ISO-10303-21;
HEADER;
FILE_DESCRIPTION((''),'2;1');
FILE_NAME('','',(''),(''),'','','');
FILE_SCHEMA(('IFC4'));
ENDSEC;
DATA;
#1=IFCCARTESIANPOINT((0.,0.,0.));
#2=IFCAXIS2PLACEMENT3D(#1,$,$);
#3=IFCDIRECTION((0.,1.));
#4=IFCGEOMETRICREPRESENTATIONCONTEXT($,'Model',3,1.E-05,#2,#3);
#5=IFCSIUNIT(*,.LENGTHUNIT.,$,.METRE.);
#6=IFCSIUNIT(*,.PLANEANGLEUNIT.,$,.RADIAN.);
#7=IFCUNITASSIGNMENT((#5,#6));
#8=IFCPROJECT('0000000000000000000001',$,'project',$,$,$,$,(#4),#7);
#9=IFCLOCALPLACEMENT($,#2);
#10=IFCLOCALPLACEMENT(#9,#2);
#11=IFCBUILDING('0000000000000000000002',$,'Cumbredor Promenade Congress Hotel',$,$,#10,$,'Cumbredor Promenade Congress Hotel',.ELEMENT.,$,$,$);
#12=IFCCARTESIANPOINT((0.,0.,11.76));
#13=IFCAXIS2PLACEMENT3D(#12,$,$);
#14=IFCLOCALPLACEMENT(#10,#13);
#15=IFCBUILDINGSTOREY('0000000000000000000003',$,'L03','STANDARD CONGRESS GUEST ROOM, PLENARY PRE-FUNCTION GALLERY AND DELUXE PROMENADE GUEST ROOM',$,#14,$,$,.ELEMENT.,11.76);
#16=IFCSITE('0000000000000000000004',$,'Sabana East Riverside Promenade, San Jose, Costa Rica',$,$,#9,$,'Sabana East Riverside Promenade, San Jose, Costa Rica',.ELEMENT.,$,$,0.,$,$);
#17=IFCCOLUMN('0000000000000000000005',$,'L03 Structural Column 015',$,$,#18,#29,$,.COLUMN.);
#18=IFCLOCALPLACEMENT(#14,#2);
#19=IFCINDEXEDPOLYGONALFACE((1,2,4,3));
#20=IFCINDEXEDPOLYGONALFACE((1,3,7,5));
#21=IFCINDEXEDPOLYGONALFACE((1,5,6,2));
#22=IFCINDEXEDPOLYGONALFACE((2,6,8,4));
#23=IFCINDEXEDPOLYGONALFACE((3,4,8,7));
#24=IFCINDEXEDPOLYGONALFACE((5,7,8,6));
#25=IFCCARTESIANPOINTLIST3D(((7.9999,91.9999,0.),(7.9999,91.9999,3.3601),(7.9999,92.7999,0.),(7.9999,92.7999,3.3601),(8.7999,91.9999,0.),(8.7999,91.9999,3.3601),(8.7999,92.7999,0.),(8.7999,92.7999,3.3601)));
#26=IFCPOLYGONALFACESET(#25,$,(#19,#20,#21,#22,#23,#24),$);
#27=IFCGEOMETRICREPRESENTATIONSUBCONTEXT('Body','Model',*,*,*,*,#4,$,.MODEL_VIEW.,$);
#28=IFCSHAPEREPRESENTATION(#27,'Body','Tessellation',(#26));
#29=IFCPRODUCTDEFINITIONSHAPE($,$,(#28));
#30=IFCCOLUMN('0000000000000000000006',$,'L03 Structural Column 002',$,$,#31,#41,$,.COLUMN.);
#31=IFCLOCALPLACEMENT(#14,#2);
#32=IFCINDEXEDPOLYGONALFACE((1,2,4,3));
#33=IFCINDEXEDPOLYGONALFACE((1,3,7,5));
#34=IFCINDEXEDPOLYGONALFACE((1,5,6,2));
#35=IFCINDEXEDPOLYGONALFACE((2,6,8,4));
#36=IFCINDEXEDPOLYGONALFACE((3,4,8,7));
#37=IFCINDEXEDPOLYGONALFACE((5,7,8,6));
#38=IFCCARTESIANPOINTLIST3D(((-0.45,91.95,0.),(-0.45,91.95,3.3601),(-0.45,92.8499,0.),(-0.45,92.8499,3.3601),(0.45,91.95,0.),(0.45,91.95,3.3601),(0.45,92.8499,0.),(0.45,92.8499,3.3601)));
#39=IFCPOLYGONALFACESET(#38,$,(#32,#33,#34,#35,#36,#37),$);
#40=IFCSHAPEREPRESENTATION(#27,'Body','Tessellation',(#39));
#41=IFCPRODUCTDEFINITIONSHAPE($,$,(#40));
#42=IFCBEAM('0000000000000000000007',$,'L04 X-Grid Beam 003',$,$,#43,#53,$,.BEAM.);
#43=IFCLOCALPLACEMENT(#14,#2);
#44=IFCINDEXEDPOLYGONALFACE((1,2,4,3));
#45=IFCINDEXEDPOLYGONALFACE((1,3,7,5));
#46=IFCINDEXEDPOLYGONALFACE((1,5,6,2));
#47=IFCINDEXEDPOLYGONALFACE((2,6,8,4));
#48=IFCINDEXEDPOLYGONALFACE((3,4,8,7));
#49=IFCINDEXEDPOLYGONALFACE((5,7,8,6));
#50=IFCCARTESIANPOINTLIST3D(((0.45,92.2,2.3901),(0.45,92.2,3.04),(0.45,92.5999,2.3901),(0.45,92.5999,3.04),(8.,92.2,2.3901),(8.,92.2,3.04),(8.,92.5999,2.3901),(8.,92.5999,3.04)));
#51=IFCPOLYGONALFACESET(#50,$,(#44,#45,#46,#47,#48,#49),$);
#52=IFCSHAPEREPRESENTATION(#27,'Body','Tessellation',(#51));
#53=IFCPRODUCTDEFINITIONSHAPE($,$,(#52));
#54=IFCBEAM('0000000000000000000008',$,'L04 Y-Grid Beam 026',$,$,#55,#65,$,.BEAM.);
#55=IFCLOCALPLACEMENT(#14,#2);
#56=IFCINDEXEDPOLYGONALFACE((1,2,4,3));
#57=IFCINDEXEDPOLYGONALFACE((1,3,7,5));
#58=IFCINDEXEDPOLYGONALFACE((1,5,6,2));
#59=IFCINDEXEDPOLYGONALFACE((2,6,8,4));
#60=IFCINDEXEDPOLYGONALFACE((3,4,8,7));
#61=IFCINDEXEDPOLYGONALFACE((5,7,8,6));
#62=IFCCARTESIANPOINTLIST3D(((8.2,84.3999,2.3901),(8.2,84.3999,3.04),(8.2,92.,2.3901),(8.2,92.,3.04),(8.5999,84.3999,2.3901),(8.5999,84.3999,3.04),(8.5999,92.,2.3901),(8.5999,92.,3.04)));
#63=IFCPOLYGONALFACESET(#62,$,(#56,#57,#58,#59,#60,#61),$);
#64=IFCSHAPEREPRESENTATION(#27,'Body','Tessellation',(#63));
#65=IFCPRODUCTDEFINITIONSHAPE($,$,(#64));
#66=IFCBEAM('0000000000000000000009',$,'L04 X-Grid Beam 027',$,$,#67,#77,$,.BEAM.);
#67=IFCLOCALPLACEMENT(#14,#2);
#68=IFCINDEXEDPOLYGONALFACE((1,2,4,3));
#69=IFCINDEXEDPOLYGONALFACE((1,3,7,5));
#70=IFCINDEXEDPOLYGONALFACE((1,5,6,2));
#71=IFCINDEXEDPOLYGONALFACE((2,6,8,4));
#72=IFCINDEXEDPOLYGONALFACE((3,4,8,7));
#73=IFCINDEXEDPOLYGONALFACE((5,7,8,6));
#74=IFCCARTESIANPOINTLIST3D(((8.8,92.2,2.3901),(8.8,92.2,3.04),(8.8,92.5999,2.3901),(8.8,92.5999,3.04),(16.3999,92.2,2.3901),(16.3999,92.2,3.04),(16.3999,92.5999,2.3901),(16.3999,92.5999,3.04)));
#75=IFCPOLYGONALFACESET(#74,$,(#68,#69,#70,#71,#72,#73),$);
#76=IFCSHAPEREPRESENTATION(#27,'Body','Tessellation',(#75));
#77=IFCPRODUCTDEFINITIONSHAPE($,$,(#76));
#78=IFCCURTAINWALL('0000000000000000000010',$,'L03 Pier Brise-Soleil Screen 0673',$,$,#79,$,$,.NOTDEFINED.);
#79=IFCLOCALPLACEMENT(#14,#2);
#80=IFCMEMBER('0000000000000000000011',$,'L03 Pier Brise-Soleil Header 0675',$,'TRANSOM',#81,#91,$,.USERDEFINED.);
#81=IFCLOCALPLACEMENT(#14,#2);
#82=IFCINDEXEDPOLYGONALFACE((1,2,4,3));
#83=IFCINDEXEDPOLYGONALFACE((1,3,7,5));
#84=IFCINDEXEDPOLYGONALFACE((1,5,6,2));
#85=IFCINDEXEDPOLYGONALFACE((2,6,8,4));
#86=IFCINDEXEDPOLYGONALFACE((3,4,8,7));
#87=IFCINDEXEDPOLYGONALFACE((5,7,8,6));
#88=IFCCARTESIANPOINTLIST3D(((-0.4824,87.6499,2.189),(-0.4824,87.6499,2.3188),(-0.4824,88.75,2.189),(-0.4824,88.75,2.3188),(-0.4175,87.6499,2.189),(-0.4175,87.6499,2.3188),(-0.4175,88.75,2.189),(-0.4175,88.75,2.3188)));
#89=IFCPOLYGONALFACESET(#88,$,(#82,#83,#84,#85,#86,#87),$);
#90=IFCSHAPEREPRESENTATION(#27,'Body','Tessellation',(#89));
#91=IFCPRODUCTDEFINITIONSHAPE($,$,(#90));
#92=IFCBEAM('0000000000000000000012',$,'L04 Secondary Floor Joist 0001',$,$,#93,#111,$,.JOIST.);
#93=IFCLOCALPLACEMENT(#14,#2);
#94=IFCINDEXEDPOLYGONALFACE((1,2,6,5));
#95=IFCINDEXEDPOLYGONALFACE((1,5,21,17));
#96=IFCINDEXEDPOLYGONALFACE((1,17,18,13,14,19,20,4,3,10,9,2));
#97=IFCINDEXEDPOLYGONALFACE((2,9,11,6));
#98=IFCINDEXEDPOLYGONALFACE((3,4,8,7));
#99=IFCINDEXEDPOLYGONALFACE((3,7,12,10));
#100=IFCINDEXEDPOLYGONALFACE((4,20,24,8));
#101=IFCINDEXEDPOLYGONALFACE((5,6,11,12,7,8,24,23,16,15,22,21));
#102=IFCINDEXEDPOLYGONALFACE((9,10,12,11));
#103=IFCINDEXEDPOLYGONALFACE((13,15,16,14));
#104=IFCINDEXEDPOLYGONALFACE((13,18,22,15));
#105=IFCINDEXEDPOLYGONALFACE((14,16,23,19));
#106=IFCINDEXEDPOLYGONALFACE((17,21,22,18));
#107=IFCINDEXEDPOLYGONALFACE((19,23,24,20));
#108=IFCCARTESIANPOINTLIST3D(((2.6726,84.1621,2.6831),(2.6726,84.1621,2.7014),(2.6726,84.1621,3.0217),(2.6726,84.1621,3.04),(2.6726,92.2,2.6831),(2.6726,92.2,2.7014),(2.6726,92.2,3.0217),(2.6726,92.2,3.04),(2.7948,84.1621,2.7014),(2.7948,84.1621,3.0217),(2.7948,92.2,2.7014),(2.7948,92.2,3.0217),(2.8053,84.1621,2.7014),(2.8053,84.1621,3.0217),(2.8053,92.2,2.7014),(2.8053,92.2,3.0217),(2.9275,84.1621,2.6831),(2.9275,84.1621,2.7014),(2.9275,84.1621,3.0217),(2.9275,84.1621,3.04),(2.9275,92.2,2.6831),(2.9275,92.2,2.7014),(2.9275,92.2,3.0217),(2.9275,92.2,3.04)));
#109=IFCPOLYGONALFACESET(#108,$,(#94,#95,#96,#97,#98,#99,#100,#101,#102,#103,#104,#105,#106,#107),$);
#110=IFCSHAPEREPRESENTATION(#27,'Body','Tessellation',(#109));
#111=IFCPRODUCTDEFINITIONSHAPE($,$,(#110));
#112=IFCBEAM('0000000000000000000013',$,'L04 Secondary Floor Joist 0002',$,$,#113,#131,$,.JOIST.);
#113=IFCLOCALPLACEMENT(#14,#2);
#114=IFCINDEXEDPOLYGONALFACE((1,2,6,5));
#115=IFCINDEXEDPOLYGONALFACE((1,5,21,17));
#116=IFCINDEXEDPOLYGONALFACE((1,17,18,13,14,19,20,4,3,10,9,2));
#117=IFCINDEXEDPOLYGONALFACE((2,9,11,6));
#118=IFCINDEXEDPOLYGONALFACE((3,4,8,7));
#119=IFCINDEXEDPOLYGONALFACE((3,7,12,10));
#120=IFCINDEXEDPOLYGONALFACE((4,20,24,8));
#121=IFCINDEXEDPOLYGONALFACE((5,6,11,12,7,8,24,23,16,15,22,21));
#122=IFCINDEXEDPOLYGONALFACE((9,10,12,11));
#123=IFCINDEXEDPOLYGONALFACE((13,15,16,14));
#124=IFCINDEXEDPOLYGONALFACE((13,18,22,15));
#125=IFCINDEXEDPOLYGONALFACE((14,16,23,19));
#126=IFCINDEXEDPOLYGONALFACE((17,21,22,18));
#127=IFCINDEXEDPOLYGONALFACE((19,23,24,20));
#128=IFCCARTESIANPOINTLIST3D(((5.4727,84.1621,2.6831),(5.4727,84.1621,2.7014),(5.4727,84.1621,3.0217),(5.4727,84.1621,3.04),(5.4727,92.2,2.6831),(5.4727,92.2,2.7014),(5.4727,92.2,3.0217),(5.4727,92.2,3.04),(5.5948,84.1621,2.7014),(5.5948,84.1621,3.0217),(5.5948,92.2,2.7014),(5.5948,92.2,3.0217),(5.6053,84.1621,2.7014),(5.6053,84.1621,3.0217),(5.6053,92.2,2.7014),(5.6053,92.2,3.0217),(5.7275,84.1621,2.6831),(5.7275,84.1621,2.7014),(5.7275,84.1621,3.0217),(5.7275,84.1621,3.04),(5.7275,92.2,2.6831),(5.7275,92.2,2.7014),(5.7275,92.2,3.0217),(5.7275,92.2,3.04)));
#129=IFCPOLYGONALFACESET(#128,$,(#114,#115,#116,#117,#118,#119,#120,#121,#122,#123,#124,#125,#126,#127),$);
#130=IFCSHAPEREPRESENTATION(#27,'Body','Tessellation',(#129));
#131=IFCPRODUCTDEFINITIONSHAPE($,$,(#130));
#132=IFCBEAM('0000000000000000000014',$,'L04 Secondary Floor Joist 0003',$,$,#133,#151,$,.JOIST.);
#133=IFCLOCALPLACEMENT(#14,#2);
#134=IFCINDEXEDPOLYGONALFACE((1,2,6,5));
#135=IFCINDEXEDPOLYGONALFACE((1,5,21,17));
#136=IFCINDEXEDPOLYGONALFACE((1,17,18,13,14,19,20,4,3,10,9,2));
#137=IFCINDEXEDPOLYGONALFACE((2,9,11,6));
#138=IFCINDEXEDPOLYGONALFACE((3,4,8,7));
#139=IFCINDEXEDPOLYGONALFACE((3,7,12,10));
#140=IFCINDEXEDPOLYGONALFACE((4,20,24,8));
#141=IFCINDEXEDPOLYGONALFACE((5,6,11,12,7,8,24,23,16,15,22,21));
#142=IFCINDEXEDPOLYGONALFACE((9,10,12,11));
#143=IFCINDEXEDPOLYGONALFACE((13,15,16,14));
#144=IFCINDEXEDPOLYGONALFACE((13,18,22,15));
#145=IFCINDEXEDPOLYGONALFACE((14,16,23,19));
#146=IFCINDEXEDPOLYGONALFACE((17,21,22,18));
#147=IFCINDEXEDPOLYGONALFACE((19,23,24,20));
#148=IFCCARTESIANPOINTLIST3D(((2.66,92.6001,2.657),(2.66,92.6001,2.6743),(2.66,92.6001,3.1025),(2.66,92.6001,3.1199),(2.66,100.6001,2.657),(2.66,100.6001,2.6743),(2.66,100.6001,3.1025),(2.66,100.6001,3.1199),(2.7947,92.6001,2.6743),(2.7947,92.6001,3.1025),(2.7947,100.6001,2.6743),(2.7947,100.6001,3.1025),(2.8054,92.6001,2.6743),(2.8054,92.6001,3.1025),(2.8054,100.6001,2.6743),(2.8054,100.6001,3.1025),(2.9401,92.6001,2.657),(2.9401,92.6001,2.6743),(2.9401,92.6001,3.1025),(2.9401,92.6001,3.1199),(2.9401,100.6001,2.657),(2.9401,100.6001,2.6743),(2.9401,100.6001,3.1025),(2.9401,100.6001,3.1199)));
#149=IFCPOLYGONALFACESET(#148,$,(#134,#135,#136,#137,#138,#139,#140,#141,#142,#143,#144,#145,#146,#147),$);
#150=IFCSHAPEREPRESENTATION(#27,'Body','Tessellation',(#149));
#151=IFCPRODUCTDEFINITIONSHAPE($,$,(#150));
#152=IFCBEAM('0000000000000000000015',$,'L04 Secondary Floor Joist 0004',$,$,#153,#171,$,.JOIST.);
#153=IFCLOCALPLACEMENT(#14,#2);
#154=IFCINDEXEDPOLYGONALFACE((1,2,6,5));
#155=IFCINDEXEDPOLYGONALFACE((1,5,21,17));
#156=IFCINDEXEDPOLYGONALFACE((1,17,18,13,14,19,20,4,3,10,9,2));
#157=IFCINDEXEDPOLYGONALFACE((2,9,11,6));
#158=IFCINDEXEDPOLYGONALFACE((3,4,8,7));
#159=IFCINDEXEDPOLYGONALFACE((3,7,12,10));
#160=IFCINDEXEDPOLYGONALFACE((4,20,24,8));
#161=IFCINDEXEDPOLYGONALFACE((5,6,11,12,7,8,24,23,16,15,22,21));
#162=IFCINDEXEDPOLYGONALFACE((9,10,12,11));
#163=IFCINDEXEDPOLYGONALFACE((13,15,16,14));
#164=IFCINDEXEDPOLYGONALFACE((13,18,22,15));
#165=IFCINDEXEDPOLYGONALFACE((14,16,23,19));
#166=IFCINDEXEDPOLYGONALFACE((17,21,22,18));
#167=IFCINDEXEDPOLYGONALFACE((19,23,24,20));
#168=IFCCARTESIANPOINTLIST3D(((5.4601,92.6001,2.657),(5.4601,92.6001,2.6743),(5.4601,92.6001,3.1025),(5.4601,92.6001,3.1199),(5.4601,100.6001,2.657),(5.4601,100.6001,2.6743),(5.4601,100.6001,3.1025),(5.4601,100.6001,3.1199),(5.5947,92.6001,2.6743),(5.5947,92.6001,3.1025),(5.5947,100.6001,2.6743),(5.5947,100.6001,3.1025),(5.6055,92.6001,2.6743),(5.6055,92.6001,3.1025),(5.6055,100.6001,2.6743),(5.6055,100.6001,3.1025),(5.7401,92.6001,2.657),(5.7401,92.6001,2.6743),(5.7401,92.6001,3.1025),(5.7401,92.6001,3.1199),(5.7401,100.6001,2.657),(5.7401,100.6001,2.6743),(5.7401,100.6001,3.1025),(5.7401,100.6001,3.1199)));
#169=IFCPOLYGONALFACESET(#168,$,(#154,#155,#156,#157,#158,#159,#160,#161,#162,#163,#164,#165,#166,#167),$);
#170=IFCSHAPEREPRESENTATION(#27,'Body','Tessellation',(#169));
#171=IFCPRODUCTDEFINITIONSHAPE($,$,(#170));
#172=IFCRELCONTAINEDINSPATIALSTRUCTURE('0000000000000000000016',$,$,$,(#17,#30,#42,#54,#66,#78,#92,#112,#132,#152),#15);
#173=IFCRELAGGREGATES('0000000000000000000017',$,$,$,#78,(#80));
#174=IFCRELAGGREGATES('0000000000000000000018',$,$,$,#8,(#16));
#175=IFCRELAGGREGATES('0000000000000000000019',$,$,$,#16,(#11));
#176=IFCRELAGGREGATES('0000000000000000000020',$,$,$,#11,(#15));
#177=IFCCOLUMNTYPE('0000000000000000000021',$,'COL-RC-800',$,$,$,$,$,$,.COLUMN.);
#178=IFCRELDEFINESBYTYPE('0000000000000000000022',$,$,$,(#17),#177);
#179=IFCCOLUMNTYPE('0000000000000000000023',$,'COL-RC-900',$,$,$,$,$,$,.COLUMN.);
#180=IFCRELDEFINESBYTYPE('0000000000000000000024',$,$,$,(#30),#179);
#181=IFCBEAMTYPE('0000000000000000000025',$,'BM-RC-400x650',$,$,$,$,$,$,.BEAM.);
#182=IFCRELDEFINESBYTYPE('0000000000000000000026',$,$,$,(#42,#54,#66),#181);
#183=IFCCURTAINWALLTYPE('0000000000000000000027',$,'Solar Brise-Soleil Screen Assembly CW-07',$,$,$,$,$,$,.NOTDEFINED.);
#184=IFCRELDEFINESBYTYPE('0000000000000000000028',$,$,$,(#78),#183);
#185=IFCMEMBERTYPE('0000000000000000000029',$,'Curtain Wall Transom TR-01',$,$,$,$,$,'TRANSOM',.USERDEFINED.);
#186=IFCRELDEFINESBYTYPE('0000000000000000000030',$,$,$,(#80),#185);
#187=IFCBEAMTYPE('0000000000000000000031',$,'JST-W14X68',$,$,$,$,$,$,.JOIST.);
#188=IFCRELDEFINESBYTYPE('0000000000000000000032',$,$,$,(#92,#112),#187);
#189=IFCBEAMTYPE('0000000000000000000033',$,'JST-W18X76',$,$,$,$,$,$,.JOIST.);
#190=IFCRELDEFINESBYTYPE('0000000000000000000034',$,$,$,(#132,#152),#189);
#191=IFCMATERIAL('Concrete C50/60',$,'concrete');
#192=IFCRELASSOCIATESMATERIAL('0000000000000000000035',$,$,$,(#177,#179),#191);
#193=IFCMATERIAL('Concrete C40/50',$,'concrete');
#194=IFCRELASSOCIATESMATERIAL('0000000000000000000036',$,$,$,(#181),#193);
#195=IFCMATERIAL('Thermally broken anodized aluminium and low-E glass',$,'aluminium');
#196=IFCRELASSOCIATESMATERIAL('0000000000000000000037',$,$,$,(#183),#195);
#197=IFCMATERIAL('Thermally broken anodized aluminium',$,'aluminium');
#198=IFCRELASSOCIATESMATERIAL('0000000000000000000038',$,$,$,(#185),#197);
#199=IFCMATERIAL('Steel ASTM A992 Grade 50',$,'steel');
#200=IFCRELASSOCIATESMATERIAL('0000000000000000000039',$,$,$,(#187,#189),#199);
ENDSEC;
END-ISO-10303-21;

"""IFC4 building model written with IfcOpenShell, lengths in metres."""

from ifc_helpers import new_model, si_unit, direction, frame, origin, origin_2d, place, context, subcontext, project, spatial, rectangle, i_section, extrude, material, material_profile, profile_set, type_object, element, aggregate, save


model = new_model("IFC4")

# Units and contexts
model_context = context("Model", 3, precision=1e-05, world=origin(), true_north=direction((0.0, 1.0)))
body_context = subcontext(model_context, "Body", "Model", "MODEL_VIEW")
ifc_project = project(units=[si_unit("LENGTHUNIT", "METRE"), si_unit("PLANEANGLEUNIT", "RADIAN")], contexts=[model_context])

# Site, building, storey
site_placement = place(None, origin())
site = spatial("IfcSite", under=ifc_project, at=site_placement, Name="Sabana East Riverside Promenade, San Jose, Costa Rica", LongName="Sabana East Riverside Promenade, San Jose, Costa Rica", CompositionType="ELEMENT", RefElevation=0.0)
building_placement = place(site_placement, origin())
building = spatial("IfcBuilding", under=site, at=building_placement, Name="Cumbredor Promenade Congress Hotel", LongName="Cumbredor Promenade Congress Hotel", CompositionType="ELEMENT")
storey_placement = place(building_placement, frame((0.0, 0.0, 11.76)))
storey = spatial("IfcBuildingStorey", under=building, at=storey_placement, Name="L03", Description="STANDARD CONGRESS GUEST ROOM, PLENARY PRE-FUNCTION GALLERY AND DELUXE PROMENADE GUEST ROOM", CompositionType="ELEMENT", Elevation=11.76)

# Columns
ifc_material_1 = material(Name="Concrete C50/60", Category="concrete")
ifc_material_profile_1 = material_profile(ifc_material_1, rectangle(XDim=0.8, YDim=0.8, at=origin_2d()), Name="RC 800x800")
ifc_profile_set_1 = profile_set([ifc_material_profile_1], Name="Concrete C50/60")
column_type_1 = type_object("IfcColumnType", Name="COL-RC-800", PredefinedType="COLUMN", material=ifc_profile_set_1)
column_1_placement = place(storey_placement, frame((8.3999, 92.3999, 0.0), z_axis=(0.0, 0.0, 1.0), x_axis=(1.0, 0.0, 0.0)))
element("IfcColumn", 1, at=column_1_placement, inside=storey, type_object=column_type_1, Name="L03 Structural Column 015", PredefinedType="COLUMN", context=body_context, shape_type="SweptSolid", body=[
    extrude(rectangle(XDim=0.8, YDim=0.8, at=origin_2d()), origin(), (0.0, 0.0, 1.0), 3.3601),
])
ifc_material_profile_2 = material_profile(ifc_material_1, rectangle(XDim=0.8999, YDim=0.8999, at=origin_2d()), Name="RC 900x900")
ifc_profile_set_2 = profile_set([ifc_material_profile_2], Name="Concrete C50/60")
column_type_2 = type_object("IfcColumnType", Name="COL-RC-900", PredefinedType="COLUMN", material=ifc_profile_set_2)
column_2_placement = place(storey_placement, frame((0.0, 92.3999, 0.0), z_axis=(0.0, 0.0, 1.0), x_axis=(1.0, 0.0, 0.0)))
element("IfcColumn", 2, at=column_2_placement, inside=storey, type_object=column_type_2, Name="L03 Structural Column 002", PredefinedType="COLUMN", context=body_context, shape_type="SweptSolid", body=[
    extrude(rectangle(XDim=0.8999, YDim=0.8999, at=origin_2d()), origin(), (0.0, 0.0, 1.0), 3.3601),
])

# Beams
ifc_material_2 = material(Name="Concrete C40/50", Category="concrete")
ifc_material_profile_3 = material_profile(ifc_material_2, rectangle(XDim=0.3999, YDim=0.6499, at=origin_2d()), Name="RC BEAM 400x650")
ifc_profile_set_3 = profile_set([ifc_material_profile_3], Name="Concrete C40/50")
beam_type_1 = type_object("IfcBeamType", Name="BM-RC-400x650", PredefinedType="BEAM", material=ifc_profile_set_3)
beam_1_placement = place(storey_placement, frame((0.45, 92.3999, 2.7151), z_axis=(1.0, 0.0, 0.0), x_axis=(0.0, 1.0, 0.0)))
element("IfcBeam", 3, at=beam_1_placement, inside=storey, type_object=beam_type_1, Name="L04 X-Grid Beam 003", PredefinedType="BEAM", context=body_context, shape_type="SweptSolid", body=[
    extrude(rectangle(XDim=0.3999, YDim=0.6499, at=origin_2d()), origin(), (0.0, 0.0, 1.0), 7.55),
])
beam_2_placement = place(storey_placement, frame((8.3999, 84.3999, 2.7151), z_axis=(0.0, 1.0, 0.0), x_axis=(-1.0, 0.0, 0.0)))
element("IfcBeam", 4, at=beam_2_placement, inside=storey, type_object=beam_type_1, Name="L04 Y-Grid Beam 026", PredefinedType="BEAM", context=body_context, shape_type="SweptSolid", body=[
    extrude(rectangle(XDim=0.3999, YDim=0.6499, at=origin_2d()), origin(), (0.0, 0.0, 1.0), 7.6001),
])
beam_3_placement = place(storey_placement, frame((8.8, 92.3999, 2.7151), z_axis=(1.0, 0.0, 0.0), x_axis=(0.0, 1.0, 0.0)))
element("IfcBeam", 5, at=beam_3_placement, inside=storey, type_object=beam_type_1, Name="L04 X-Grid Beam 027", PredefinedType="BEAM", context=body_context, shape_type="SweptSolid", body=[
    extrude(rectangle(XDim=0.3999, YDim=0.6499, at=origin_2d()), origin(), (0.0, 0.0, 1.0), 7.5999),
])

# Curtain wall, member
ifc_material_3 = material(Name="Thermally broken anodized aluminium and low-E glass", Category="aluminium")
curtain_wall_type = type_object("IfcCurtainWallType", Name="Solar Brise-Soleil Screen Assembly CW-07", PredefinedType="NOTDEFINED", material=ifc_material_3)
curtain_wall_placement = place(storey_placement, origin())
curtain_wall = element("IfcCurtainWall", 6, at=curtain_wall_placement, inside=storey, type_object=curtain_wall_type, Name="L03 Pier Brise-Soleil Screen 0673", PredefinedType="NOTDEFINED")
ifc_material_4 = material(Name="Thermally broken anodized aluminium", Category="aluminium")
ifc_material_profile_4 = material_profile(ifc_material_4, rectangle(XDim=0.0649, YDim=0.1299, at=origin_2d()), Name="ALU TRANSOM 65x130")
ifc_profile_set_4 = profile_set([ifc_material_profile_4], Name="Thermally broken anodized aluminium")
member_type_1 = type_object("IfcMemberType", Name="Curtain Wall Transom TR-01", ElementType="TRANSOM", PredefinedType="USERDEFINED", material=ifc_profile_set_4)
member_1_placement = place(storey_placement, frame((-0.45, 87.6499, 2.2539), z_axis=(0.0, 1.0, 0.0), x_axis=(-1.0, 0.0, 0.0)))
member_1 = element("IfcMember", 7, at=member_1_placement, type_object=member_type_1, Name="L03 Pier Brise-Soleil Header 0675", ObjectType="TRANSOM", PredefinedType="USERDEFINED", context=body_context, shape_type="SweptSolid", body=[
    extrude(rectangle(XDim=0.0649, YDim=0.1299, at=origin_2d()), origin(), (0.0, 0.0, 1.0), 1.1001),
])

# Beams
ifc_material_5 = material(Name="Steel ASTM A992 Grade 50", Category="steel")
ifc_material_profile_5 = material_profile(ifc_material_5, i_section(OverallWidth=0.2549, OverallDepth=0.3569, WebThickness=0.0105, FlangeThickness=0.0183, at=origin_2d()), Name="W14X68")
ifc_profile_set_5 = profile_set([ifc_material_profile_5], Name="Steel ASTM A992 Grade 50")
beam_type_2 = type_object("IfcBeamType", Name="JST-W14X68", PredefinedType="JOIST", material=ifc_profile_set_5)
for number, where, z_axis, x_axis, name in (
    (8, (2.8, 84.1621, 2.8616), (0.0, 1.0, 0.0), (-1.0, 0.0, 0.0), "L04 Secondary Floor Joist 0001"),
    (9, (5.6001, 84.1621, 2.8616), (0.0, 1.0, 0.0), (-1.0, 0.0, 0.0), "L04 Secondary Floor Joist 0002"),
):
    element("IfcBeam", number, at=place(storey_placement, frame(where, z_axis=z_axis, x_axis=x_axis)), inside=storey, type_object=beam_type_2, Name=name, PredefinedType="JOIST", context=body_context, shape_type="SweptSolid", body=[
        extrude(i_section(OverallWidth=0.2549, OverallDepth=0.3569, WebThickness=0.0105, FlangeThickness=0.0183, at=origin_2d()), origin(), (0.0, 0.0, 1.0), 8.0378),
    ])
ifc_material_profile_6 = material_profile(ifc_material_5, i_section(OverallWidth=0.28, OverallDepth=0.4629, WebThickness=0.0107, FlangeThickness=0.0173, at=origin_2d()), Name="W18X76")
ifc_profile_set_6 = profile_set([ifc_material_profile_6], Name="Steel ASTM A992 Grade 50")
beam_type_3 = type_object("IfcBeamType", Name="JST-W18X76", PredefinedType="JOIST", material=ifc_profile_set_6)
for number, where, z_axis, x_axis, name in (
    (10, (2.8, 92.6001, 2.8884), (0.0, 1.0, 0.0), (-1.0, 0.0, 0.0), "L04 Secondary Floor Joist 0003"),
    (11, (5.6001, 92.6001, 2.8884), (0.0, 1.0, 0.0), (-1.0, 0.0, 0.0), "L04 Secondary Floor Joist 0004"),
):
    element("IfcBeam", number, at=place(storey_placement, frame(where, z_axis=z_axis, x_axis=x_axis)), inside=storey, type_object=beam_type_3, Name=name, PredefinedType="JOIST", context=body_context, shape_type="SweptSolid", body=[
        extrude(i_section(OverallWidth=0.28, OverallDepth=0.4629, WebThickness=0.0107, FlangeThickness=0.0173, at=origin_2d()), origin(), (0.0, 0.0, 1.0), 8.0),
    ])

aggregate(curtain_wall, [member_1])

save(model, "model.ifc")
